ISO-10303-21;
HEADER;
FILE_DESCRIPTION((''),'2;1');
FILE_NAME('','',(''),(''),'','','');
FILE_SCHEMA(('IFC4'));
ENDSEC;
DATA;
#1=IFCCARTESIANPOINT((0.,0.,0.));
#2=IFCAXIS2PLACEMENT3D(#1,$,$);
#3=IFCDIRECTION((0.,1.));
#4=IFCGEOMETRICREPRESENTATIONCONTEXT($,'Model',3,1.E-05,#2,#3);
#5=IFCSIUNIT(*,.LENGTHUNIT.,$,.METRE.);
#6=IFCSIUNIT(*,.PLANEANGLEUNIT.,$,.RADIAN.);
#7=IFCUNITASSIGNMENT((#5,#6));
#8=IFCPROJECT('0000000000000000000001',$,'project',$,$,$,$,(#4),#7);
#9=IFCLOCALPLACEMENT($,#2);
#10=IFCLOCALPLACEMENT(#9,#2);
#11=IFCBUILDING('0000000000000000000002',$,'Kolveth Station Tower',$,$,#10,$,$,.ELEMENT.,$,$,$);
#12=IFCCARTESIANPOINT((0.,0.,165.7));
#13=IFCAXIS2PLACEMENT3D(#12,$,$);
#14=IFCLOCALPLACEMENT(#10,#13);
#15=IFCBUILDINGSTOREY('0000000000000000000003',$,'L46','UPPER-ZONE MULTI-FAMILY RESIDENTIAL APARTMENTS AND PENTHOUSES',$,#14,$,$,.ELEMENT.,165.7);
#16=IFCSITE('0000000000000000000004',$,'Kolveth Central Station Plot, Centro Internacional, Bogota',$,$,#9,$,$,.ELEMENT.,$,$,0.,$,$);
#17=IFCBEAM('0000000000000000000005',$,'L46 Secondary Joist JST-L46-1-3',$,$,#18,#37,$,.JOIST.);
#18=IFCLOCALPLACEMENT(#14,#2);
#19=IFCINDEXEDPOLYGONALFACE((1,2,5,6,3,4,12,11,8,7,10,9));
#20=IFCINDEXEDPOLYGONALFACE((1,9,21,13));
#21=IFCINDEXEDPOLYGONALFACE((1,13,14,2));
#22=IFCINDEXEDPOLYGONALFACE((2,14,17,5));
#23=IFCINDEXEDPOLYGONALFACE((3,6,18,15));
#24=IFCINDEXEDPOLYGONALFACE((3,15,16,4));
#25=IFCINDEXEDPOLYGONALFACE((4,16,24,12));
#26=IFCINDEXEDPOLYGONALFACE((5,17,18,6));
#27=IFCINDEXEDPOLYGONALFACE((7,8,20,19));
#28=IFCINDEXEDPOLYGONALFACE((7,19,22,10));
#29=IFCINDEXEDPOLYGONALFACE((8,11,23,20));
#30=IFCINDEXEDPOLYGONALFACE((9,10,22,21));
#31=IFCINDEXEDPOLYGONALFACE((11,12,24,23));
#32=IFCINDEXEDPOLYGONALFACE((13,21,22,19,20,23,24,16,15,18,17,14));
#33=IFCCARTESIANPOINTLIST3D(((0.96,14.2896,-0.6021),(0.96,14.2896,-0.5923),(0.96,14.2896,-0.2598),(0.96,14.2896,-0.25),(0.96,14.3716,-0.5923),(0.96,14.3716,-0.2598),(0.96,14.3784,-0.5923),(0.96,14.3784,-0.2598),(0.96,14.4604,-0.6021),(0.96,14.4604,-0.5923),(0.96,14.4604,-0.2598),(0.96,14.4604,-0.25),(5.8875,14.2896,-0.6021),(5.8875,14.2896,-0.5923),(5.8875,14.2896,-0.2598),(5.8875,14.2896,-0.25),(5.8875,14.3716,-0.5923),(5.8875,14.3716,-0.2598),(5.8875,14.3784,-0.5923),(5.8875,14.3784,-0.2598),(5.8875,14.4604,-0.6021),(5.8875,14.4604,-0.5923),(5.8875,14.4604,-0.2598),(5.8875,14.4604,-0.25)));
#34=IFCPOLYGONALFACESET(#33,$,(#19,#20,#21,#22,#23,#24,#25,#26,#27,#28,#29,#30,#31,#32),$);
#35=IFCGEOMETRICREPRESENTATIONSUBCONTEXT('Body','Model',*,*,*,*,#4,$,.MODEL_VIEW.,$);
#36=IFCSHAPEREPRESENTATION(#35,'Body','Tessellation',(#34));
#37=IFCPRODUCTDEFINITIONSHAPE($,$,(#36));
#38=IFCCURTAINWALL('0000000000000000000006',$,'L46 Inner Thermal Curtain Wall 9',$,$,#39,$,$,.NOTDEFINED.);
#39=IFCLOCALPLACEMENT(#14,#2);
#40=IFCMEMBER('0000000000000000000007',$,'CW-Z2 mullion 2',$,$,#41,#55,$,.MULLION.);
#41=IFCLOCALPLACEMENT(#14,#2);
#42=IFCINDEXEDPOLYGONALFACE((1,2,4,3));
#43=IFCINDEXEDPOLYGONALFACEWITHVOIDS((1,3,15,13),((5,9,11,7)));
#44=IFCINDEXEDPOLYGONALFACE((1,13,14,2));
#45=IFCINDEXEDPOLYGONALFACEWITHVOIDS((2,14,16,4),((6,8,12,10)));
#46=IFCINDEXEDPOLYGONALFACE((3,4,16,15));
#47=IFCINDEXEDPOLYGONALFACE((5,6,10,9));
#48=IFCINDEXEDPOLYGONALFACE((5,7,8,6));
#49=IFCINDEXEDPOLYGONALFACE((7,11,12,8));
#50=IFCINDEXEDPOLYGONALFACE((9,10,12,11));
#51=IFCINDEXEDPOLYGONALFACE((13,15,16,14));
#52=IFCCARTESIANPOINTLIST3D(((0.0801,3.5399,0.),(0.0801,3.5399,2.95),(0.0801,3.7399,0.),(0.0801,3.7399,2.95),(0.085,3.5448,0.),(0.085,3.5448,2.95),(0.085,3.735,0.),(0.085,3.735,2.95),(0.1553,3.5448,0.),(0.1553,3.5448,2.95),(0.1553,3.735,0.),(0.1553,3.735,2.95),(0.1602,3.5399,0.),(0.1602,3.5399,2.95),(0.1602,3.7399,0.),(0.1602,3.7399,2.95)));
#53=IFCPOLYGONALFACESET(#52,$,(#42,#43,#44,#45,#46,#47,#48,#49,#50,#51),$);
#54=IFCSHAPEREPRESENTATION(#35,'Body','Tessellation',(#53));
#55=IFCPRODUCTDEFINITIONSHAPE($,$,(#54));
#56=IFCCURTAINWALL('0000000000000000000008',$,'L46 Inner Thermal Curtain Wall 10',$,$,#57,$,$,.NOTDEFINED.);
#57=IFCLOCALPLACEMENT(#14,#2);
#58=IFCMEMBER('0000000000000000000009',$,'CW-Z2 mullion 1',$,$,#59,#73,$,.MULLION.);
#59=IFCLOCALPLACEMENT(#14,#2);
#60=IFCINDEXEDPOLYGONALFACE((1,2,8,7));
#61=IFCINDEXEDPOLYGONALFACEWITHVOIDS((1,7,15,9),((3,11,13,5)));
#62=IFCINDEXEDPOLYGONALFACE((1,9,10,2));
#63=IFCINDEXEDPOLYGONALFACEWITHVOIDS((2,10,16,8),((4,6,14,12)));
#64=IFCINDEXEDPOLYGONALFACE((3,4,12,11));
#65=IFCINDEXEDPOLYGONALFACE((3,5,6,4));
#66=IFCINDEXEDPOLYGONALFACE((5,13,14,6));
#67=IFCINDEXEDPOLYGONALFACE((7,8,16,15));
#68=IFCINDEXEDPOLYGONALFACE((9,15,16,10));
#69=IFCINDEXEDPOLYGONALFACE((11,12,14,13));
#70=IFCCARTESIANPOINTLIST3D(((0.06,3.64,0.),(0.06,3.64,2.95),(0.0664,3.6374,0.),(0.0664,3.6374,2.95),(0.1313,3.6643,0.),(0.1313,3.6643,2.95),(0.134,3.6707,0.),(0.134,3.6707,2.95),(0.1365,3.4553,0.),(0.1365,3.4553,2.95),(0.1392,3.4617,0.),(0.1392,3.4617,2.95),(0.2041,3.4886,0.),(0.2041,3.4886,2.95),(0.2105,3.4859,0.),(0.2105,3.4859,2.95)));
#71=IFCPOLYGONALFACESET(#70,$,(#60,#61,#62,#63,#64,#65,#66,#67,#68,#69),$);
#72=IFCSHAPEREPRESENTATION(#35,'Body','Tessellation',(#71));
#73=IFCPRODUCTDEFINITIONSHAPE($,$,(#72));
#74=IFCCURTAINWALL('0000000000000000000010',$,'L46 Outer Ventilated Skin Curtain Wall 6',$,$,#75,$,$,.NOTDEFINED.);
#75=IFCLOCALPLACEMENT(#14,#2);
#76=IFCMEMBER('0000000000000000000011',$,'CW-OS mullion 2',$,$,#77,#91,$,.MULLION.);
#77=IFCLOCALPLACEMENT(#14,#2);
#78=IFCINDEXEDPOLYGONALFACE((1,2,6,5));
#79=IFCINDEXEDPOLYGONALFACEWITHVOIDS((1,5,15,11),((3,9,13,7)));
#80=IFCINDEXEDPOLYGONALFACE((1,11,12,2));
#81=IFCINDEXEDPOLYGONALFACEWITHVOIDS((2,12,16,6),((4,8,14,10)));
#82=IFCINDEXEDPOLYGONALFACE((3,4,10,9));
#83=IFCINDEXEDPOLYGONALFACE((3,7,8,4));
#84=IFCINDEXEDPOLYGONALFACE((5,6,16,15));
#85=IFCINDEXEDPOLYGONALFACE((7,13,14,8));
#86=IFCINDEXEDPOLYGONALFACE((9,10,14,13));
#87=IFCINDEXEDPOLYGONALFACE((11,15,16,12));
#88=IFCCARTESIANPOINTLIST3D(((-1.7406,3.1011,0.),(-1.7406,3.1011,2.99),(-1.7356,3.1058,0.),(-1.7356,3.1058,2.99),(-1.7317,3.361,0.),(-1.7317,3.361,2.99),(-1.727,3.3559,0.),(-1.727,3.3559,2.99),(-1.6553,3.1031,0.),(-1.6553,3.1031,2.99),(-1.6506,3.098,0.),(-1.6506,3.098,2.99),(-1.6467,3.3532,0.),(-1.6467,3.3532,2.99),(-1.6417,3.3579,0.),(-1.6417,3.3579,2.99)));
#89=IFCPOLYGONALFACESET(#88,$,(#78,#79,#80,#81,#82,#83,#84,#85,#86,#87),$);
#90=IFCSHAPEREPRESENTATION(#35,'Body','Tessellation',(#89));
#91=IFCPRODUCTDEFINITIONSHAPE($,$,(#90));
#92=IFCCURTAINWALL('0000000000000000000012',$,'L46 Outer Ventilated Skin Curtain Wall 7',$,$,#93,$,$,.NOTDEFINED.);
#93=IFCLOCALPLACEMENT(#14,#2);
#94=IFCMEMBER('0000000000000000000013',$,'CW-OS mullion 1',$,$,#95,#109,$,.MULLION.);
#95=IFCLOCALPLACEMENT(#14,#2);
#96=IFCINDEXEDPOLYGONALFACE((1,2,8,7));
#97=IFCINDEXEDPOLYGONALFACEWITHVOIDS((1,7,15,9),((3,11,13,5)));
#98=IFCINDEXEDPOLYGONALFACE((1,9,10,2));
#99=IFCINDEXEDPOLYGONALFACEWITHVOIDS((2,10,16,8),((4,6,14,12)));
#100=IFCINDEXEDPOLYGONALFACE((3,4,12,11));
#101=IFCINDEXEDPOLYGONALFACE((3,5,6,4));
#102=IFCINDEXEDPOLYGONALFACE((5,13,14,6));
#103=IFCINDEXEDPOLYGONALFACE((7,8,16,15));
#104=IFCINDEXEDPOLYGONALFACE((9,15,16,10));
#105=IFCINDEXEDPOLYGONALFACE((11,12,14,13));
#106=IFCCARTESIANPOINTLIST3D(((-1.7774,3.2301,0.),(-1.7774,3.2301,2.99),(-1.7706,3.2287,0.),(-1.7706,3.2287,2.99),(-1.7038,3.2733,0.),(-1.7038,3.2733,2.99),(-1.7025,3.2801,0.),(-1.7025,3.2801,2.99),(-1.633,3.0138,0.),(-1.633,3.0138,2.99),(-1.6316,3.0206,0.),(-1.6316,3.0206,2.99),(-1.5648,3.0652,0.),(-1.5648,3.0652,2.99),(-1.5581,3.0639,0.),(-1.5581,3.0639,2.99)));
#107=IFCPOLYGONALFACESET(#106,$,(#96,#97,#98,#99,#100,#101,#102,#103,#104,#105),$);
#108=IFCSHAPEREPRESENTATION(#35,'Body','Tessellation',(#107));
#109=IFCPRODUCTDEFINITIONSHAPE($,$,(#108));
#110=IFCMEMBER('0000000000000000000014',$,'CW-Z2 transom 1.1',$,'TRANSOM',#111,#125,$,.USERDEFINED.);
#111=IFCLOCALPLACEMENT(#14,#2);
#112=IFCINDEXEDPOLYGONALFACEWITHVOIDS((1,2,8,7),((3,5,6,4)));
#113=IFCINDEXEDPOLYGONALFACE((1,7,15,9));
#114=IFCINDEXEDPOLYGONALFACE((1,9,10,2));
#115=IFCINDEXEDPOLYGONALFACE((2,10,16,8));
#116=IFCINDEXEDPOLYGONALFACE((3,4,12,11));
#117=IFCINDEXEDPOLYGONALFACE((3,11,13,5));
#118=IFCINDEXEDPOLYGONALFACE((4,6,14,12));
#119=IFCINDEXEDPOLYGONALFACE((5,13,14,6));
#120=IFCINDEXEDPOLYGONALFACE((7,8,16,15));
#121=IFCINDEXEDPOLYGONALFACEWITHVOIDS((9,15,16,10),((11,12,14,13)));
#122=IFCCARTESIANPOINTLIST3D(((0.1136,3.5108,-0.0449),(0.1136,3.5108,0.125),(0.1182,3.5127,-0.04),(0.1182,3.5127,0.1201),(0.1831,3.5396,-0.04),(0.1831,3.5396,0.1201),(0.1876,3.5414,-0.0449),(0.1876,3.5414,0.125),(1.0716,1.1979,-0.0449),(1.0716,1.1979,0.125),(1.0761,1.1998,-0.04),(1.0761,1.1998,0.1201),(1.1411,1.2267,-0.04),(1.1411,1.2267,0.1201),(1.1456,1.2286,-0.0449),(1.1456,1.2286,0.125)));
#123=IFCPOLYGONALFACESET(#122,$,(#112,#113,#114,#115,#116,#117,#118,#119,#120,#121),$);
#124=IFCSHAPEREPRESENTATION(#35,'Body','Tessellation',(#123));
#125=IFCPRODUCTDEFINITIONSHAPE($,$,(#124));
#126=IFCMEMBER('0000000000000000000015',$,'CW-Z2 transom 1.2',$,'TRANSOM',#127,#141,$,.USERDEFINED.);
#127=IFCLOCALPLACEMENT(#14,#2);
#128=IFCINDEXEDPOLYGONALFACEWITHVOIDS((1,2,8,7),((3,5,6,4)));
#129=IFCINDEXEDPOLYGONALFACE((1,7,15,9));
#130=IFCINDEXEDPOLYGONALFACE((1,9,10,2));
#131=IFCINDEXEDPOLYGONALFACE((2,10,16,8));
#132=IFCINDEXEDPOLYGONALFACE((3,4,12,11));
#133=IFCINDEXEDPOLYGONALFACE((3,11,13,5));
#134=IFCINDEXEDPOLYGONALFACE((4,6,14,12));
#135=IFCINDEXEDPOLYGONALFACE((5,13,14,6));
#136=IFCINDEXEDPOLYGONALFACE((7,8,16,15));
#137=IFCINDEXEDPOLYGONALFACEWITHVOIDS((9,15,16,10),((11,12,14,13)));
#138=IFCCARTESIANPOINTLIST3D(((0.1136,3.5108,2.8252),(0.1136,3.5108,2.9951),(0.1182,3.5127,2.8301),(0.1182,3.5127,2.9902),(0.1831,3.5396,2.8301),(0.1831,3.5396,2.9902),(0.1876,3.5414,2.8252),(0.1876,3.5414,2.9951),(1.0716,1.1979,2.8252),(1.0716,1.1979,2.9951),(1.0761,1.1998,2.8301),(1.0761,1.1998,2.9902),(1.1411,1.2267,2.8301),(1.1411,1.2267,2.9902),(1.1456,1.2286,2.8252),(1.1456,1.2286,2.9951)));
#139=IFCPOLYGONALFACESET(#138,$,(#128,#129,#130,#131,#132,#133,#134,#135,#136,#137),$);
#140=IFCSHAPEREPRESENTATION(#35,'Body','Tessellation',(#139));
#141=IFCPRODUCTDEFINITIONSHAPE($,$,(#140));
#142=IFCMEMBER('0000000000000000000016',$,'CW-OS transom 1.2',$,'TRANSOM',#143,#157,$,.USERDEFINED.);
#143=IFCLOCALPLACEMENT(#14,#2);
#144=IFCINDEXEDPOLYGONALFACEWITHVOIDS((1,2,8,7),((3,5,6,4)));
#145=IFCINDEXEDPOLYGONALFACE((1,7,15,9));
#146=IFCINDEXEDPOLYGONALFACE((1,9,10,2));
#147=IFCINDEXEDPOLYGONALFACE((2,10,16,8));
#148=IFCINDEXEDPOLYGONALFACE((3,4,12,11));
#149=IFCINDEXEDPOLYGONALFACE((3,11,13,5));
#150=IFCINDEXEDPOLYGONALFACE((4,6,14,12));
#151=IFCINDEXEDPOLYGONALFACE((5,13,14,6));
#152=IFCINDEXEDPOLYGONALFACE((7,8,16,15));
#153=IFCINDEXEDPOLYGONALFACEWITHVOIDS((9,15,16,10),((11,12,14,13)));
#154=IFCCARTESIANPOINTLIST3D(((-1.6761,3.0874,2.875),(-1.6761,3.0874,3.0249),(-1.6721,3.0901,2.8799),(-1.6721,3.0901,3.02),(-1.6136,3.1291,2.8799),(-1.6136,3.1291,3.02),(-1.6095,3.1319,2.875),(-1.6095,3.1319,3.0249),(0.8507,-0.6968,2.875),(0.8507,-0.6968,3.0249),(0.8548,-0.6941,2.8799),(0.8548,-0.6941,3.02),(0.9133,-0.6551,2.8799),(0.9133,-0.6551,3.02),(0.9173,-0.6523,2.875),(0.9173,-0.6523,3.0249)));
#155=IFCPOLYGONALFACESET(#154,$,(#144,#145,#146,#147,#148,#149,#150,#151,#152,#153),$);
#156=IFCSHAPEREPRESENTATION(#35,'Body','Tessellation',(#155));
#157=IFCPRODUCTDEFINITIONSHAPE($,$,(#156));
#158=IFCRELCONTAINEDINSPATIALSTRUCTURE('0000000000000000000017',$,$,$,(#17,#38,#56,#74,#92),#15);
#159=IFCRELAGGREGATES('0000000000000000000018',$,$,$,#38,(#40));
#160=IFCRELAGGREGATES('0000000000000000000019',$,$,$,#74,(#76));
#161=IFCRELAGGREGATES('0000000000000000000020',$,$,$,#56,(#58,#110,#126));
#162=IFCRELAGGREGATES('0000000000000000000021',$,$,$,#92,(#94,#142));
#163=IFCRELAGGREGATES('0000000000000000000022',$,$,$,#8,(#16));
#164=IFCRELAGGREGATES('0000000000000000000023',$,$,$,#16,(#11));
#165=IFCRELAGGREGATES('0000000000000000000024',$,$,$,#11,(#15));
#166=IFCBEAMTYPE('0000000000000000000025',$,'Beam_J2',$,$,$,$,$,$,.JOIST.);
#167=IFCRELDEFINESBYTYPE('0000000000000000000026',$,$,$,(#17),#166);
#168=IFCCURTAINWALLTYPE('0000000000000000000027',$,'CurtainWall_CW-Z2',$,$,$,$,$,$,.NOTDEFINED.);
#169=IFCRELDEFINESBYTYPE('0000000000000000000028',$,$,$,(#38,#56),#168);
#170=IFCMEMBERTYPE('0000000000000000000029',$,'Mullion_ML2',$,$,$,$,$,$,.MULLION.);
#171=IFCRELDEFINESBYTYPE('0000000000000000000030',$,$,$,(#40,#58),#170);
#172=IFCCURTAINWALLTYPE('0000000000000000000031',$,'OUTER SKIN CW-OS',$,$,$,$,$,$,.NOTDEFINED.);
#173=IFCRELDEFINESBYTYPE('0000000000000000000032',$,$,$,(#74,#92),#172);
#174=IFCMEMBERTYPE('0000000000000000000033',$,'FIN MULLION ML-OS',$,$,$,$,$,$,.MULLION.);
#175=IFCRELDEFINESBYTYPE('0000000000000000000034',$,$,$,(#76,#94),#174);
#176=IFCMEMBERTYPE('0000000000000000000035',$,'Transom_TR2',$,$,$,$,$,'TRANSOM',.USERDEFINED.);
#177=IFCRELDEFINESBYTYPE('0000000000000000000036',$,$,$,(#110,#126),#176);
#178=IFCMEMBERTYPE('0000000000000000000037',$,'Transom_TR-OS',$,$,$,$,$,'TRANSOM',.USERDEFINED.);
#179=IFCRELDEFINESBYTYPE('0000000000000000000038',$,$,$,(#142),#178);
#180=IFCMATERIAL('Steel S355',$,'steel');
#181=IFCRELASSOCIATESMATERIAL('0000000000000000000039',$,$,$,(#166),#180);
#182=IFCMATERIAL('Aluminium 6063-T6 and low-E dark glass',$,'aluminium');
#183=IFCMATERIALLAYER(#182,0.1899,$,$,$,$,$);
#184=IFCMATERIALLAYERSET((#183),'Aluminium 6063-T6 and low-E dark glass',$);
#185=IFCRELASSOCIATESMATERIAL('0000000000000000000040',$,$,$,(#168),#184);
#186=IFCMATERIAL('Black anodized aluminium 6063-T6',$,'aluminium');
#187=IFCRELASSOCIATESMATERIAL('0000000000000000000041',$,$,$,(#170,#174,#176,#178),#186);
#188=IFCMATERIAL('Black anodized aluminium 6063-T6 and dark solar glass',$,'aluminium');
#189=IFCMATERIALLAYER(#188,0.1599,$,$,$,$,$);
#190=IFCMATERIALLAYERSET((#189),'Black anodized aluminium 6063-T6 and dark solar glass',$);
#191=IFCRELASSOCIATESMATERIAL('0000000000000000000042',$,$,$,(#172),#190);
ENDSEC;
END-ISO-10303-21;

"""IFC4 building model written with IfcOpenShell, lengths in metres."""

from ifc_helpers import new_model, si_unit, direction, frame, origin, origin_2d, place, context, subcontext, project, spatial, hollow_rectangle, i_section, extrude, source, transform, mapped, material, layer, layer_set, material_profile, profile_set, type_object, element, aggregate, save


model = new_model("IFC4")

# Units and contexts
model_context = context("Model", 3, precision=1e-05, world=origin(), true_north=direction((0.0, 1.0)))
body_context = subcontext(model_context, "Body", "Model", "MODEL_VIEW")
ifc_project = project(units=[si_unit("LENGTHUNIT", "METRE"), si_unit("PLANEANGLEUNIT", "RADIAN")], contexts=[model_context])

# Site, building, storey
site_placement = place(None, origin())
site = spatial("IfcSite", under=ifc_project, at=site_placement, Name="Kolveth Central Station Plot, Centro Internacional, Bogota", CompositionType="ELEMENT", RefElevation=0.0)
building_placement = place(site_placement, origin())
building = spatial("IfcBuilding", under=site, at=building_placement, Name="Kolveth Station Tower", CompositionType="ELEMENT")
storey_placement = place(building_placement, frame((0.0, 0.0, 165.7)))
storey = spatial("IfcBuildingStorey", under=building, at=storey_placement, Name="L46", Description="UPPER-ZONE MULTI-FAMILY RESIDENTIAL APARTMENTS AND PENTHOUSES", CompositionType="ELEMENT", Elevation=165.7)

# Shared definitions
ifc_material_1 = material(Name="Steel S355", Category="steel")

# Beam
ifc_material_profile_1 = material_profile(ifc_material_1, i_section(OverallWidth=0.1709, OverallDepth=0.3521, WebThickness=0.0068, FlangeThickness=0.0098, at=origin_2d()), Name="W360x44")
ifc_profile_set_1 = profile_set([ifc_material_profile_1], Name="Steel S355")
beam_type_1 = type_object("IfcBeamType", Name="Beam_J2", PredefinedType="JOIST", material=ifc_profile_set_1)
shared_shape_1 = source(origin(), body_context, "Body", "SweptSolid", [
    extrude(i_section(OverallWidth=0.1709, OverallDepth=0.3521, WebThickness=0.0068, FlangeThickness=0.0098, at=origin_2d()), origin(), (0.0, 0.0, 1.0), 4.9275),
])
for number, where, z_axis, x_axis, name in (
    (1, (0.96, 14.375, -0.426), (1.0, 0.0, 0.0), (0.0, 1.0, 0.0), "L46 Secondary Joist JST-L46-1-3"),
):
    element("IfcBeam", number, at=place(storey_placement, frame(where, z_axis=z_axis, x_axis=x_axis)), inside=storey, type_object=beam_type_1, Name=name, PredefinedType="JOIST", context=body_context, shape_type="MappedRepresentation", body=[
        mapped(shared_shape_1, transform((0.0, 0.0, 0.0), x_axis=(1.0, 0.0, 0.0), y_axis=(0.0, 1.0, 0.0), z_axis=(0.0, 0.0, 1.0), scale=1.0)),
    ])

# Curtain walls, members
ifc_material_2 = material(Name="Aluminium 6063-T6 and low-E dark glass", Category="aluminium")
ifc_layer_1 = layer(ifc_material_2, 0.1899)
ifc_layer_set_1 = layer_set([ifc_layer_1], Name="Aluminium 6063-T6 and low-E dark glass")
curtain_wall_type_1 = type_object("IfcCurtainWallType", Name="CurtainWall_CW-Z2", PredefinedType="NOTDEFINED", material=ifc_layer_set_1)
curtain_wall_1_placement = place(storey_placement, origin())
curtain_wall_1 = element("IfcCurtainWall", 2, at=curtain_wall_1_placement, inside=storey, type_object=curtain_wall_type_1, Name="L46 Inner Thermal Curtain Wall 9", PredefinedType="NOTDEFINED")
ifc_material_3 = material(Name="Black anodized aluminium 6063-T6", Category="aluminium")
ifc_material_profile_2 = material_profile(ifc_material_3, hollow_rectangle(XDim=0.0801, YDim=0.2, WallThickness=0.0049, at=origin_2d()), Name="ALU-80x200x5")
ifc_profile_set_2 = profile_set([ifc_material_profile_2], Name="Black anodized aluminium 6063-T6")
member_type_1 = type_object("IfcMemberType", Name="Mullion_ML2", PredefinedType="MULLION", material=ifc_profile_set_2)
shared_shape_2 = source(origin(), body_context, "Body", "SweptSolid", [
    extrude(hollow_rectangle(XDim=0.0801, YDim=0.2, WallThickness=0.0049, at=origin_2d()), origin(), (0.0, 0.0, 1.0), 2.95),
])
member_1_placement = place(storey_placement, frame((0.1201, 3.6399, 0.0), z_axis=(0.0, 0.0, 1.0), x_axis=(1.0, 0.0, 0.0)))
member_1 = element("IfcMember", 3, at=member_1_placement, type_object=member_type_1, Name="CW-Z2 mullion 2", PredefinedType="MULLION", context=body_context, shape_type="MappedRepresentation", body=[
    mapped(shared_shape_2, transform((0.0, 0.0, 0.0), x_axis=(1.0, 0.0, 0.0), y_axis=(0.0, 1.0, 0.0), z_axis=(0.0, 0.0, 1.0), scale=1.0)),
])
aggregate(curtain_wall_1, [member_1])
curtain_wall_2_placement = place(storey_placement, origin())
curtain_wall_2 = element("IfcCurtainWall", 4, at=curtain_wall_2_placement, inside=storey, type_object=curtain_wall_type_1, Name="L46 Inner Thermal Curtain Wall 10", PredefinedType="NOTDEFINED")
member_2_placement = place(storey_placement, frame((0.1353, 3.563, 0.0), z_axis=(0.0, 0.0, 1.0), x_axis=(0.923874, 0.382698, 0.0)))
member_2 = element("IfcMember", 5, at=member_2_placement, type_object=member_type_1, Name="CW-Z2 mullion 1", PredefinedType="MULLION", context=body_context, shape_type="MappedRepresentation", body=[
    mapped(shared_shape_2, transform((0.0, 0.0, 0.0), x_axis=(1.0, 0.0, 0.0), y_axis=(0.0, 1.0, 0.0), z_axis=(0.0, 0.0, 1.0), scale=1.0)),
])
ifc_material_4 = material(Name="Black anodized aluminium 6063-T6 and dark solar glass", Category="aluminium")
ifc_layer_2 = layer(ifc_material_4, 0.1599)
ifc_layer_set_2 = layer_set([ifc_layer_2], Name="Black anodized aluminium 6063-T6 and dark solar glass")
curtain_wall_type_2 = type_object("IfcCurtainWallType", Name="OUTER SKIN CW-OS", PredefinedType="NOTDEFINED", material=ifc_layer_set_2)
curtain_wall_3_placement = place(storey_placement, origin())
curtain_wall_3 = element("IfcCurtainWall", 6, at=curtain_wall_3_placement, inside=storey, type_object=curtain_wall_type_2, Name="L46 Outer Ventilated Skin Curtain Wall 6", PredefinedType="NOTDEFINED")
ifc_material_profile_3 = material_profile(ifc_material_3, hollow_rectangle(XDim=0.0901, YDim=0.26, WallThickness=0.0049, at=origin_2d()), Name="ALU-90x260x5")
ifc_profile_set_3 = profile_set([ifc_material_profile_3], Name="Black anodized aluminium 6063-T6")
member_type_2 = type_object("IfcMemberType", Name="FIN MULLION ML-OS", PredefinedType="MULLION", material=ifc_profile_set_3)
shared_shape_3 = source(origin(), body_context, "Body", "SweptSolid", [
    extrude(hollow_rectangle(XDim=0.0901, YDim=0.26, WallThickness=0.0049, at=origin_2d()), origin(), (0.0, 0.0, 1.0), 2.99),
])
member_3_placement = place(storey_placement, frame((-1.6912, 3.2295, 0.0), z_axis=(0.0, 0.0, 1.0), x_axis=(0.999414, -0.034219, 0.0)))
member_3 = element("IfcMember", 7, at=member_3_placement, type_object=member_type_2, Name="CW-OS mullion 2", PredefinedType="MULLION", context=body_context, shape_type="MappedRepresentation", body=[
    mapped(shared_shape_3, transform((0.0, 0.0, 0.0), x_axis=(1.0, 0.0, 0.0), y_axis=(0.0, 1.0, 0.0), z_axis=(0.0, 0.0, 1.0), scale=1.0)),
])
aggregate(curtain_wall_3, [member_3])
curtain_wall_4_placement = place(storey_placement, origin())
curtain_wall_4 = element("IfcCurtainWall", 8, at=curtain_wall_4_placement, inside=storey, type_object=curtain_wall_type_2, Name="L46 Outer Ventilated Skin Curtain Wall 7", PredefinedType="NOTDEFINED")
member_4_placement = place(storey_placement, frame((-1.6677, 3.147, 0.0), z_axis=(0.0, 0.0, 1.0), x_axis=(0.83164, 0.555315, 0.0)))
member_4 = element("IfcMember", 9, at=member_4_placement, type_object=member_type_2, Name="CW-OS mullion 1", PredefinedType="MULLION", context=body_context, shape_type="MappedRepresentation", body=[
    mapped(shared_shape_3, transform((0.0, 0.0, 0.0), x_axis=(1.0, 0.0, 0.0), y_axis=(0.0, 1.0, 0.0), z_axis=(0.0, 0.0, 1.0), scale=1.0)),
])

# Members
ifc_material_profile_4 = material_profile(ifc_material_3, hollow_rectangle(XDim=0.0801, YDim=0.1699, WallThickness=0.0049, at=origin_2d()), Name="ALU-80x170x5")
ifc_profile_set_4 = profile_set([ifc_material_profile_4], Name="Black anodized aluminium 6063-T6")
member_type_3 = type_object("IfcMemberType", Name="Transom_TR2", ElementType="TRANSOM", PredefinedType="USERDEFINED", material=ifc_profile_set_4)
shared_shape_4 = source(origin(), body_context, "Body", "SweptSolid", [
    extrude(hollow_rectangle(XDim=0.0801, YDim=0.1699, WallThickness=0.0049, at=origin_2d()), origin(), (0.0, 0.0, 1.0), 2.5034),
])
member_5_placement = place(storey_placement, frame((0.1506, 3.5261, 0.04), z_axis=(0.382662, -0.923888, 0.0), x_axis=(0.923888, 0.382662, 0.0)))
member_5 = element("IfcMember", 10, at=member_5_placement, type_object=member_type_3, Name="CW-Z2 transom 1.1", ObjectType="TRANSOM", PredefinedType="USERDEFINED", context=body_context, shape_type="MappedRepresentation", body=[
    mapped(shared_shape_4, transform((0.0, 0.0, 0.0), x_axis=(1.0, 0.0, 0.0), y_axis=(0.0, 1.0, 0.0), z_axis=(0.0, 0.0, 1.0), scale=1.0)),
])
member_6_placement = place(storey_placement, frame((0.1506, 3.5261, 2.9102), z_axis=(0.382662, -0.923888, 0.0), x_axis=(0.923888, 0.382662, 0.0)))
member_6 = element("IfcMember", 11, at=member_6_placement, type_object=member_type_3, Name="CW-Z2 transom 1.2", ObjectType="TRANSOM", PredefinedType="USERDEFINED", context=body_context, shape_type="MappedRepresentation", body=[
    mapped(shared_shape_4, transform((0.0, 0.0, 0.0), x_axis=(1.0, 0.0, 0.0), y_axis=(0.0, 1.0, 0.0), z_axis=(0.0, 0.0, 1.0), scale=1.0)),
])
aggregate(curtain_wall_2, [member_2, member_5, member_6])
ifc_material_profile_5 = material_profile(ifc_material_3, hollow_rectangle(XDim=0.0801, YDim=0.1499, WallThickness=0.0049, at=origin_2d()), Name="ALU-80x150x5")
ifc_profile_set_5 = profile_set([ifc_material_profile_5], Name="Black anodized aluminium 6063-T6")
member_type_4 = type_object("IfcMemberType", Name="Transom_TR-OS", ElementType="TRANSOM", PredefinedType="USERDEFINED", material=ifc_profile_set_5)
shared_shape_5 = source(origin(), body_context, "Body", "SweptSolid", [
    extrude(hollow_rectangle(XDim=0.0801, YDim=0.1499, WallThickness=0.0049, at=origin_2d()), origin(), (0.0, 0.0, 1.0), 4.5503),
])
member_7_placement = place(storey_placement, frame((-1.6428, 3.1096, 2.95), z_axis=(0.555319, -0.831637, 0.0), x_axis=(0.831637, 0.555319, 0.0)))
member_7 = element("IfcMember", 12, at=member_7_placement, type_object=member_type_4, Name="CW-OS transom 1.2", ObjectType="TRANSOM", PredefinedType="USERDEFINED", context=body_context, shape_type="MappedRepresentation", body=[
    mapped(shared_shape_5, transform((0.0, 0.0, 0.0), x_axis=(1.0, 0.0, 0.0), y_axis=(0.0, 1.0, 0.0), z_axis=(0.0, 0.0, 1.0), scale=1.0)),
])
aggregate(curtain_wall_4, [member_4, member_7])

save(model, "model.ifc")
